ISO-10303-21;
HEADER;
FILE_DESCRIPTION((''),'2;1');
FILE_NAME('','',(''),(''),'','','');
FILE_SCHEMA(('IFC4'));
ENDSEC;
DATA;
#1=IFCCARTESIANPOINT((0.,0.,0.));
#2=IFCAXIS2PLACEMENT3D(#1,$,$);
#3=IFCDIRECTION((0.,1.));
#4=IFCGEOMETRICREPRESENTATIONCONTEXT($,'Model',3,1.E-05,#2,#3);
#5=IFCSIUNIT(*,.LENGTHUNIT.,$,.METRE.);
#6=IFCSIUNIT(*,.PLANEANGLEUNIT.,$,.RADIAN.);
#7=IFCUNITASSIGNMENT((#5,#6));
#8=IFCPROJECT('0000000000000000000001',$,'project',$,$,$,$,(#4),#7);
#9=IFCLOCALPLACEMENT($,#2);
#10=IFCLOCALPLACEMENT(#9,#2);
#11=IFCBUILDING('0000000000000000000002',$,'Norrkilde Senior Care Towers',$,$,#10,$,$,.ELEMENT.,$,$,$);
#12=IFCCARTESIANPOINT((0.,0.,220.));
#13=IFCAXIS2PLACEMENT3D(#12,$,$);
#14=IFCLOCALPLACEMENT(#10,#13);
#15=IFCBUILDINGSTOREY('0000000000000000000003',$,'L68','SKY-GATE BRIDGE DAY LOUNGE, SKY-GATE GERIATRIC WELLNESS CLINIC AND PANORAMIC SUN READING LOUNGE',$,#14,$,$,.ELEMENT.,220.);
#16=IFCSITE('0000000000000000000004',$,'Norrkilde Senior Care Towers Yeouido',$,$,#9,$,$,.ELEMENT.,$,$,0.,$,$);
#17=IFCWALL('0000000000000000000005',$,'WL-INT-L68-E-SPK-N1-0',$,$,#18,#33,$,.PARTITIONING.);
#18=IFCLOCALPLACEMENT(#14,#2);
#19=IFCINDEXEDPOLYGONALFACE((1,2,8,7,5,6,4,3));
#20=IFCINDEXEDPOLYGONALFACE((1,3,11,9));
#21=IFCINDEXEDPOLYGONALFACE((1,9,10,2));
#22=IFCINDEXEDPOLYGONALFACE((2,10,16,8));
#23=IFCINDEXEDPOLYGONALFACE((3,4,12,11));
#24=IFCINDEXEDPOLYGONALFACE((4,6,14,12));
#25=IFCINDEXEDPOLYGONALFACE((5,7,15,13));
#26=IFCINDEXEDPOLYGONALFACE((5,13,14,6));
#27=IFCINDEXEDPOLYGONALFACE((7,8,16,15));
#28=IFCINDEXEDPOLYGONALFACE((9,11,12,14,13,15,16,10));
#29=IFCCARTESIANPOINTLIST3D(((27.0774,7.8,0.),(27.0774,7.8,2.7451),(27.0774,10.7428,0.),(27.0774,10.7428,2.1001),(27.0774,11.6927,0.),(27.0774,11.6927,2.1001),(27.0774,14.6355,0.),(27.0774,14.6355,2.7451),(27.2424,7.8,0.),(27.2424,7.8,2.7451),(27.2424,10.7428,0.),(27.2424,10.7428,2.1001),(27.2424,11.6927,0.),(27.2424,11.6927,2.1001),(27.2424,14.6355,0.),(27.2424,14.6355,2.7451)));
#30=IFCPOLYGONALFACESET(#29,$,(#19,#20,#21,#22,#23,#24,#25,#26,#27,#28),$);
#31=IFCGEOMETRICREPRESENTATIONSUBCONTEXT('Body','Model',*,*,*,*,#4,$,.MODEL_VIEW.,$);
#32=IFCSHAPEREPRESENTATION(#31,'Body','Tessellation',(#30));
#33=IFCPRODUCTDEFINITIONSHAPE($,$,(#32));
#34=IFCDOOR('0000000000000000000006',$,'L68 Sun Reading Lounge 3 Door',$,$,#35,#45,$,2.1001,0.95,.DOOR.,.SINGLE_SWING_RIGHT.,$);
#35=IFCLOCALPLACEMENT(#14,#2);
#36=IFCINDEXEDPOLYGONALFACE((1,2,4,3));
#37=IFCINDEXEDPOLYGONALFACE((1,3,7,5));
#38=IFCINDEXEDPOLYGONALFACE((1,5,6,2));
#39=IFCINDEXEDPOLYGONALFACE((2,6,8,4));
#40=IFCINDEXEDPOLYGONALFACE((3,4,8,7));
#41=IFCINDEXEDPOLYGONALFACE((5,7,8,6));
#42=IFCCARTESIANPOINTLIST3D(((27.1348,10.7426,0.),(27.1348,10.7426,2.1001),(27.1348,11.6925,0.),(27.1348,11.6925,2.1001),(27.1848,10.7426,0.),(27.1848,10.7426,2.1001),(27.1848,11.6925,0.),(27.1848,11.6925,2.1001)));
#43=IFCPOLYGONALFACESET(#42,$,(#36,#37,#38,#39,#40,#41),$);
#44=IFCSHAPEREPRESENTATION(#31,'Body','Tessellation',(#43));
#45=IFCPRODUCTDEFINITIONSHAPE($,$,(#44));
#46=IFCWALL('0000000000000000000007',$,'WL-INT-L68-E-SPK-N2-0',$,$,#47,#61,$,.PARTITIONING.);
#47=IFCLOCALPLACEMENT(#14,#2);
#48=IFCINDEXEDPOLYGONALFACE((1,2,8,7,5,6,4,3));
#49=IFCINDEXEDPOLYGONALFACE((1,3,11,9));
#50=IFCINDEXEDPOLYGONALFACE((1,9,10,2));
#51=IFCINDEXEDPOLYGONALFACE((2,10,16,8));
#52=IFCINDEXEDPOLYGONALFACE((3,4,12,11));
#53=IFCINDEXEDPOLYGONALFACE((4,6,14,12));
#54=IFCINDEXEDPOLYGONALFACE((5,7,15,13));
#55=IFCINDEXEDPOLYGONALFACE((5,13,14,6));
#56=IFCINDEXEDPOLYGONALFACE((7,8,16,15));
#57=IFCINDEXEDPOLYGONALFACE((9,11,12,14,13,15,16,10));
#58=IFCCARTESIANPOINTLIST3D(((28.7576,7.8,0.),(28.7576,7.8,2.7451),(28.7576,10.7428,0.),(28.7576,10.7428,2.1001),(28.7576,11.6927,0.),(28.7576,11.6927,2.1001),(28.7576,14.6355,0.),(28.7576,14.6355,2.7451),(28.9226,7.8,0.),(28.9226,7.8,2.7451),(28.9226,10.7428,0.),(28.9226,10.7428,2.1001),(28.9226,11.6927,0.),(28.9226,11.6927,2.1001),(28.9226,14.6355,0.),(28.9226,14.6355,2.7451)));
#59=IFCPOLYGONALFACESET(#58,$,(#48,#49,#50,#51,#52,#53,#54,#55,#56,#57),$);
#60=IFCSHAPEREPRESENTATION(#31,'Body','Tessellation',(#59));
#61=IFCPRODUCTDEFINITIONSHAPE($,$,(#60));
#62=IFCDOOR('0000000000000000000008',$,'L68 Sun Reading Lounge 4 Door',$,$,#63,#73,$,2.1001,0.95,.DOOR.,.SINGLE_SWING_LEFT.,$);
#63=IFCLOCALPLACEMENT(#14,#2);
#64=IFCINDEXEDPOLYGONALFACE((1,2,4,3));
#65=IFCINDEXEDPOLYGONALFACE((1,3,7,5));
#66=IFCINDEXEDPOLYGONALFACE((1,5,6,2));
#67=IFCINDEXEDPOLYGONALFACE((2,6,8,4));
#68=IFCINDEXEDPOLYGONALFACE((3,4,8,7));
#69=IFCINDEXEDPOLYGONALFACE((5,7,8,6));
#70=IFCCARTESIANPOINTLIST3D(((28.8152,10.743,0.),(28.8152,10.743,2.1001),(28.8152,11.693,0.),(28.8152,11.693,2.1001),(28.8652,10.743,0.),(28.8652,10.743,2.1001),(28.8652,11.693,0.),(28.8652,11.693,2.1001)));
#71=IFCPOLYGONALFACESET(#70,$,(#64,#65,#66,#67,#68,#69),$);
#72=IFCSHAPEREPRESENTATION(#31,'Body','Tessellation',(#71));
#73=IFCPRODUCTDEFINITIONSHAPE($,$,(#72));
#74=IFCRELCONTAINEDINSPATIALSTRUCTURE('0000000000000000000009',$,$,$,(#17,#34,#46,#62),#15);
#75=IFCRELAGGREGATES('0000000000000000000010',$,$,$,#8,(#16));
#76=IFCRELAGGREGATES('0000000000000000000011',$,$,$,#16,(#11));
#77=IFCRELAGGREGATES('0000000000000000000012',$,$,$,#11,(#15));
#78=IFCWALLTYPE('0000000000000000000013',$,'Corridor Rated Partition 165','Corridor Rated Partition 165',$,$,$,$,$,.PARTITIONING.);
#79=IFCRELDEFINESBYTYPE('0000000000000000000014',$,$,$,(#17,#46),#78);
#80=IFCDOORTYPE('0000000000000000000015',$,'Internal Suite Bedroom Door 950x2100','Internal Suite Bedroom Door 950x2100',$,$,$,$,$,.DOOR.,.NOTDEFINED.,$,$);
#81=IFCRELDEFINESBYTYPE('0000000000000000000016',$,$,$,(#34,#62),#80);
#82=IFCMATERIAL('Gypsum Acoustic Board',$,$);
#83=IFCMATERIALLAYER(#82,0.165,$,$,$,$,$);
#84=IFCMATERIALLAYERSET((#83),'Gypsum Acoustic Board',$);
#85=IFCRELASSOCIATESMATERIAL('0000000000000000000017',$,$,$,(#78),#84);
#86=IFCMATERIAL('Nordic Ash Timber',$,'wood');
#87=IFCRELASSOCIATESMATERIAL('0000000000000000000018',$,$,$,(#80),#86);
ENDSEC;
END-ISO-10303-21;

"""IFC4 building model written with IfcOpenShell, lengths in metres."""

from ifc_helpers import new_model, si_unit, direction, frame, frame_2d, origin, place, context, subcontext, project, spatial, rectangle, extrude, source, transform, mapped, material, layer, layer_set, type_object, type_shapes, element, fill, save


model = new_model("IFC4")

# Units and contexts
model_context = context("Model", 3, precision=1e-05, world=origin(), true_north=direction((0.0, 1.0)))
body_context = subcontext(model_context, "Body", "Model", "MODEL_VIEW")
ifc_project = project(units=[si_unit("LENGTHUNIT", "METRE"), si_unit("PLANEANGLEUNIT", "RADIAN")], contexts=[model_context])

# Site, building, storey
site_placement = place(None, origin())
site = spatial("IfcSite", under=ifc_project, at=site_placement, Name="Norrkilde Senior Care Towers Yeouido", CompositionType="ELEMENT", RefElevation=0.0)
building_placement = place(site_placement, origin())
building = spatial("IfcBuilding", under=site, at=building_placement, Name="Norrkilde Senior Care Towers", CompositionType="ELEMENT")
storey_placement = place(building_placement, frame((0.0, 0.0, 220.0)))
storey = spatial("IfcBuildingStorey", under=building, at=storey_placement, Name="L68", Description="SKY-GATE BRIDGE DAY LOUNGE, SKY-GATE GERIATRIC WELLNESS CLINIC AND PANORAMIC SUN READING LOUNGE", CompositionType="ELEMENT", Elevation=220.0)

# Shared definitions
ifc_material_1 = material(Name="Gypsum Acoustic Board")
ifc_layer_1 = layer(ifc_material_1, 0.165)
ifc_layer_set_1 = layer_set([ifc_layer_1], Name="Gypsum Acoustic Board")
wall_type = type_object("IfcWallType", Name="Corridor Rated Partition 165", Description="Corridor Rated Partition 165", PredefinedType="PARTITIONING", material=ifc_layer_set_1)
ifc_material_2 = material(Name="Nordic Ash Timber", Category="wood")

# Walls, openings, doors
shared_shape_1 = source(origin(), body_context, "Body", "SweptSolid", [
    extrude(rectangle(XDim=6.8354, YDim=0.165, at=frame_2d((3.4177, 0.0))), origin(), (0.0, 0.0, 1.0), 2.7451),
])
wall_1_placement = place(storey_placement, frame((27.1599, 7.8, 0.0), z_axis=(0.0, 0.0, 1.0), x_axis=(0.0, 1.0, 0.0)))
wall_1 = element("IfcWall", 1, at=wall_1_placement, inside=storey, type_object=wall_type, Name="WL-INT-L68-E-SPK-N1-0", PredefinedType="PARTITIONING", context=body_context, shape_type="MappedRepresentation", body=[
    mapped(shared_shape_1, transform((0.0, 0.0, 0.0), x_axis=(1.0, 0.0, 0.0), y_axis=(0.0, 1.0, 0.0), z_axis=(0.0, 0.0, 1.0), scale=1.0)),
])
opening_1_placement = place(wall_1_placement, frame((2.9426, 0.0, 0.0)))
opening_1 = element("IfcOpeningElement", 2, at=opening_1_placement, cuts=wall_1, PredefinedType="OPENING", context=body_context, shape_type="SweptSolid", body=[
    extrude(rectangle(XDim=0.95, YDim=2.1001, at=frame_2d((0.4751, 1.05))), frame((0.0, 0.0925, 0.0), z_axis=(0.0, -1.0, 0.0), x_axis=(1.0, 0.0, 0.0)), (0.0, 0.0, 1.0), 0.1851),
])
door_type_1 = type_object("IfcDoorType", Name="Internal Suite Bedroom Door 950x2100", Description="Internal Suite Bedroom Door 950x2100", OperationType="NOTDEFINED", PredefinedType="DOOR", material=ifc_material_2)
shared_shape_2 = source(origin(), body_context, "Body", "SweptSolid", [
    extrude(rectangle(XDim=0.95, YDim=2.1001, at=frame_2d((0.4751, 1.05))), frame((0.0, 0.0249, 0.0), z_axis=(0.0, -1.0, 0.0), x_axis=(1.0, 0.0, 0.0)), (0.0, 0.0, 1.0), 0.05),
])
type_shapes(door_type_1, [shared_shape_2])
door_1_placement = place(opening_1_placement, frame((0.95, 0.0, 0.0), z_axis=(0.0, 0.0, 1.0), x_axis=(-1.0, 0.0, 0.0)))
door_1 = element("IfcDoor", 3, at=door_1_placement, inside=storey, type_object=door_type_1, Name="L68 Sun Reading Lounge 3 Door", OperationType="SINGLE_SWING_RIGHT", OverallHeight=2.1001, OverallWidth=0.95, PredefinedType="DOOR", context=body_context, shape_type="MappedRepresentation", body=[
    mapped(shared_shape_2, transform((0.0, 0.0, 0.0), x_axis=(1.0, 0.0, 0.0), y_axis=(0.0, 1.0, 0.0), z_axis=(0.0, 0.0, 1.0), scale=1.0)),
])
fill(opening_1, door_1)
wall_2_placement = place(storey_placement, frame((28.8401, 14.6355, 0.0), z_axis=(0.0, 0.0, 1.0), x_axis=(0.0, -1.0, 0.0)))
wall_2 = element("IfcWall", 4, at=wall_2_placement, inside=storey, type_object=wall_type, Name="WL-INT-L68-E-SPK-N2-0", PredefinedType="PARTITIONING", context=body_context, shape_type="MappedRepresentation", body=[
    mapped(shared_shape_1, transform((0.0, 0.0, 0.0), x_axis=(1.0, 0.0, 0.0), y_axis=(0.0, 1.0, 0.0), z_axis=(0.0, 0.0, 1.0), scale=1.0)),
])
opening_2_placement = place(wall_2_placement, frame((2.9426, 0.0, 0.0)))
opening_2 = element("IfcOpeningElement", 5, at=opening_2_placement, cuts=wall_2, PredefinedType="OPENING", context=body_context, shape_type="SweptSolid", body=[
    extrude(rectangle(XDim=0.95, YDim=2.1001, at=frame_2d((0.4751, 1.05))), frame((0.0, 0.0925, 0.0), z_axis=(0.0, -1.0, 0.0), x_axis=(1.0, 0.0, 0.0)), (0.0, 0.0, 1.0), 0.1851),
])
door_2_placement = place(opening_2_placement, frame((0.95, 0.0, 0.0), z_axis=(0.0, 0.0, 1.0), x_axis=(-1.0, 0.0, 0.0)))
door_2 = element("IfcDoor", 6, at=door_2_placement, inside=storey, type_object=door_type_1, Name="L68 Sun Reading Lounge 4 Door", OperationType="SINGLE_SWING_LEFT", OverallHeight=2.1001, OverallWidth=0.95, PredefinedType="DOOR", context=body_context, shape_type="MappedRepresentation", body=[
    mapped(shared_shape_2, transform((0.0, 0.0, 0.0), x_axis=(1.0, 0.0, 0.0), y_axis=(0.0, 1.0, 0.0), z_axis=(0.0, 0.0, 1.0), scale=1.0)),
])
fill(opening_2, door_2)

save(model, "model.ifc")
